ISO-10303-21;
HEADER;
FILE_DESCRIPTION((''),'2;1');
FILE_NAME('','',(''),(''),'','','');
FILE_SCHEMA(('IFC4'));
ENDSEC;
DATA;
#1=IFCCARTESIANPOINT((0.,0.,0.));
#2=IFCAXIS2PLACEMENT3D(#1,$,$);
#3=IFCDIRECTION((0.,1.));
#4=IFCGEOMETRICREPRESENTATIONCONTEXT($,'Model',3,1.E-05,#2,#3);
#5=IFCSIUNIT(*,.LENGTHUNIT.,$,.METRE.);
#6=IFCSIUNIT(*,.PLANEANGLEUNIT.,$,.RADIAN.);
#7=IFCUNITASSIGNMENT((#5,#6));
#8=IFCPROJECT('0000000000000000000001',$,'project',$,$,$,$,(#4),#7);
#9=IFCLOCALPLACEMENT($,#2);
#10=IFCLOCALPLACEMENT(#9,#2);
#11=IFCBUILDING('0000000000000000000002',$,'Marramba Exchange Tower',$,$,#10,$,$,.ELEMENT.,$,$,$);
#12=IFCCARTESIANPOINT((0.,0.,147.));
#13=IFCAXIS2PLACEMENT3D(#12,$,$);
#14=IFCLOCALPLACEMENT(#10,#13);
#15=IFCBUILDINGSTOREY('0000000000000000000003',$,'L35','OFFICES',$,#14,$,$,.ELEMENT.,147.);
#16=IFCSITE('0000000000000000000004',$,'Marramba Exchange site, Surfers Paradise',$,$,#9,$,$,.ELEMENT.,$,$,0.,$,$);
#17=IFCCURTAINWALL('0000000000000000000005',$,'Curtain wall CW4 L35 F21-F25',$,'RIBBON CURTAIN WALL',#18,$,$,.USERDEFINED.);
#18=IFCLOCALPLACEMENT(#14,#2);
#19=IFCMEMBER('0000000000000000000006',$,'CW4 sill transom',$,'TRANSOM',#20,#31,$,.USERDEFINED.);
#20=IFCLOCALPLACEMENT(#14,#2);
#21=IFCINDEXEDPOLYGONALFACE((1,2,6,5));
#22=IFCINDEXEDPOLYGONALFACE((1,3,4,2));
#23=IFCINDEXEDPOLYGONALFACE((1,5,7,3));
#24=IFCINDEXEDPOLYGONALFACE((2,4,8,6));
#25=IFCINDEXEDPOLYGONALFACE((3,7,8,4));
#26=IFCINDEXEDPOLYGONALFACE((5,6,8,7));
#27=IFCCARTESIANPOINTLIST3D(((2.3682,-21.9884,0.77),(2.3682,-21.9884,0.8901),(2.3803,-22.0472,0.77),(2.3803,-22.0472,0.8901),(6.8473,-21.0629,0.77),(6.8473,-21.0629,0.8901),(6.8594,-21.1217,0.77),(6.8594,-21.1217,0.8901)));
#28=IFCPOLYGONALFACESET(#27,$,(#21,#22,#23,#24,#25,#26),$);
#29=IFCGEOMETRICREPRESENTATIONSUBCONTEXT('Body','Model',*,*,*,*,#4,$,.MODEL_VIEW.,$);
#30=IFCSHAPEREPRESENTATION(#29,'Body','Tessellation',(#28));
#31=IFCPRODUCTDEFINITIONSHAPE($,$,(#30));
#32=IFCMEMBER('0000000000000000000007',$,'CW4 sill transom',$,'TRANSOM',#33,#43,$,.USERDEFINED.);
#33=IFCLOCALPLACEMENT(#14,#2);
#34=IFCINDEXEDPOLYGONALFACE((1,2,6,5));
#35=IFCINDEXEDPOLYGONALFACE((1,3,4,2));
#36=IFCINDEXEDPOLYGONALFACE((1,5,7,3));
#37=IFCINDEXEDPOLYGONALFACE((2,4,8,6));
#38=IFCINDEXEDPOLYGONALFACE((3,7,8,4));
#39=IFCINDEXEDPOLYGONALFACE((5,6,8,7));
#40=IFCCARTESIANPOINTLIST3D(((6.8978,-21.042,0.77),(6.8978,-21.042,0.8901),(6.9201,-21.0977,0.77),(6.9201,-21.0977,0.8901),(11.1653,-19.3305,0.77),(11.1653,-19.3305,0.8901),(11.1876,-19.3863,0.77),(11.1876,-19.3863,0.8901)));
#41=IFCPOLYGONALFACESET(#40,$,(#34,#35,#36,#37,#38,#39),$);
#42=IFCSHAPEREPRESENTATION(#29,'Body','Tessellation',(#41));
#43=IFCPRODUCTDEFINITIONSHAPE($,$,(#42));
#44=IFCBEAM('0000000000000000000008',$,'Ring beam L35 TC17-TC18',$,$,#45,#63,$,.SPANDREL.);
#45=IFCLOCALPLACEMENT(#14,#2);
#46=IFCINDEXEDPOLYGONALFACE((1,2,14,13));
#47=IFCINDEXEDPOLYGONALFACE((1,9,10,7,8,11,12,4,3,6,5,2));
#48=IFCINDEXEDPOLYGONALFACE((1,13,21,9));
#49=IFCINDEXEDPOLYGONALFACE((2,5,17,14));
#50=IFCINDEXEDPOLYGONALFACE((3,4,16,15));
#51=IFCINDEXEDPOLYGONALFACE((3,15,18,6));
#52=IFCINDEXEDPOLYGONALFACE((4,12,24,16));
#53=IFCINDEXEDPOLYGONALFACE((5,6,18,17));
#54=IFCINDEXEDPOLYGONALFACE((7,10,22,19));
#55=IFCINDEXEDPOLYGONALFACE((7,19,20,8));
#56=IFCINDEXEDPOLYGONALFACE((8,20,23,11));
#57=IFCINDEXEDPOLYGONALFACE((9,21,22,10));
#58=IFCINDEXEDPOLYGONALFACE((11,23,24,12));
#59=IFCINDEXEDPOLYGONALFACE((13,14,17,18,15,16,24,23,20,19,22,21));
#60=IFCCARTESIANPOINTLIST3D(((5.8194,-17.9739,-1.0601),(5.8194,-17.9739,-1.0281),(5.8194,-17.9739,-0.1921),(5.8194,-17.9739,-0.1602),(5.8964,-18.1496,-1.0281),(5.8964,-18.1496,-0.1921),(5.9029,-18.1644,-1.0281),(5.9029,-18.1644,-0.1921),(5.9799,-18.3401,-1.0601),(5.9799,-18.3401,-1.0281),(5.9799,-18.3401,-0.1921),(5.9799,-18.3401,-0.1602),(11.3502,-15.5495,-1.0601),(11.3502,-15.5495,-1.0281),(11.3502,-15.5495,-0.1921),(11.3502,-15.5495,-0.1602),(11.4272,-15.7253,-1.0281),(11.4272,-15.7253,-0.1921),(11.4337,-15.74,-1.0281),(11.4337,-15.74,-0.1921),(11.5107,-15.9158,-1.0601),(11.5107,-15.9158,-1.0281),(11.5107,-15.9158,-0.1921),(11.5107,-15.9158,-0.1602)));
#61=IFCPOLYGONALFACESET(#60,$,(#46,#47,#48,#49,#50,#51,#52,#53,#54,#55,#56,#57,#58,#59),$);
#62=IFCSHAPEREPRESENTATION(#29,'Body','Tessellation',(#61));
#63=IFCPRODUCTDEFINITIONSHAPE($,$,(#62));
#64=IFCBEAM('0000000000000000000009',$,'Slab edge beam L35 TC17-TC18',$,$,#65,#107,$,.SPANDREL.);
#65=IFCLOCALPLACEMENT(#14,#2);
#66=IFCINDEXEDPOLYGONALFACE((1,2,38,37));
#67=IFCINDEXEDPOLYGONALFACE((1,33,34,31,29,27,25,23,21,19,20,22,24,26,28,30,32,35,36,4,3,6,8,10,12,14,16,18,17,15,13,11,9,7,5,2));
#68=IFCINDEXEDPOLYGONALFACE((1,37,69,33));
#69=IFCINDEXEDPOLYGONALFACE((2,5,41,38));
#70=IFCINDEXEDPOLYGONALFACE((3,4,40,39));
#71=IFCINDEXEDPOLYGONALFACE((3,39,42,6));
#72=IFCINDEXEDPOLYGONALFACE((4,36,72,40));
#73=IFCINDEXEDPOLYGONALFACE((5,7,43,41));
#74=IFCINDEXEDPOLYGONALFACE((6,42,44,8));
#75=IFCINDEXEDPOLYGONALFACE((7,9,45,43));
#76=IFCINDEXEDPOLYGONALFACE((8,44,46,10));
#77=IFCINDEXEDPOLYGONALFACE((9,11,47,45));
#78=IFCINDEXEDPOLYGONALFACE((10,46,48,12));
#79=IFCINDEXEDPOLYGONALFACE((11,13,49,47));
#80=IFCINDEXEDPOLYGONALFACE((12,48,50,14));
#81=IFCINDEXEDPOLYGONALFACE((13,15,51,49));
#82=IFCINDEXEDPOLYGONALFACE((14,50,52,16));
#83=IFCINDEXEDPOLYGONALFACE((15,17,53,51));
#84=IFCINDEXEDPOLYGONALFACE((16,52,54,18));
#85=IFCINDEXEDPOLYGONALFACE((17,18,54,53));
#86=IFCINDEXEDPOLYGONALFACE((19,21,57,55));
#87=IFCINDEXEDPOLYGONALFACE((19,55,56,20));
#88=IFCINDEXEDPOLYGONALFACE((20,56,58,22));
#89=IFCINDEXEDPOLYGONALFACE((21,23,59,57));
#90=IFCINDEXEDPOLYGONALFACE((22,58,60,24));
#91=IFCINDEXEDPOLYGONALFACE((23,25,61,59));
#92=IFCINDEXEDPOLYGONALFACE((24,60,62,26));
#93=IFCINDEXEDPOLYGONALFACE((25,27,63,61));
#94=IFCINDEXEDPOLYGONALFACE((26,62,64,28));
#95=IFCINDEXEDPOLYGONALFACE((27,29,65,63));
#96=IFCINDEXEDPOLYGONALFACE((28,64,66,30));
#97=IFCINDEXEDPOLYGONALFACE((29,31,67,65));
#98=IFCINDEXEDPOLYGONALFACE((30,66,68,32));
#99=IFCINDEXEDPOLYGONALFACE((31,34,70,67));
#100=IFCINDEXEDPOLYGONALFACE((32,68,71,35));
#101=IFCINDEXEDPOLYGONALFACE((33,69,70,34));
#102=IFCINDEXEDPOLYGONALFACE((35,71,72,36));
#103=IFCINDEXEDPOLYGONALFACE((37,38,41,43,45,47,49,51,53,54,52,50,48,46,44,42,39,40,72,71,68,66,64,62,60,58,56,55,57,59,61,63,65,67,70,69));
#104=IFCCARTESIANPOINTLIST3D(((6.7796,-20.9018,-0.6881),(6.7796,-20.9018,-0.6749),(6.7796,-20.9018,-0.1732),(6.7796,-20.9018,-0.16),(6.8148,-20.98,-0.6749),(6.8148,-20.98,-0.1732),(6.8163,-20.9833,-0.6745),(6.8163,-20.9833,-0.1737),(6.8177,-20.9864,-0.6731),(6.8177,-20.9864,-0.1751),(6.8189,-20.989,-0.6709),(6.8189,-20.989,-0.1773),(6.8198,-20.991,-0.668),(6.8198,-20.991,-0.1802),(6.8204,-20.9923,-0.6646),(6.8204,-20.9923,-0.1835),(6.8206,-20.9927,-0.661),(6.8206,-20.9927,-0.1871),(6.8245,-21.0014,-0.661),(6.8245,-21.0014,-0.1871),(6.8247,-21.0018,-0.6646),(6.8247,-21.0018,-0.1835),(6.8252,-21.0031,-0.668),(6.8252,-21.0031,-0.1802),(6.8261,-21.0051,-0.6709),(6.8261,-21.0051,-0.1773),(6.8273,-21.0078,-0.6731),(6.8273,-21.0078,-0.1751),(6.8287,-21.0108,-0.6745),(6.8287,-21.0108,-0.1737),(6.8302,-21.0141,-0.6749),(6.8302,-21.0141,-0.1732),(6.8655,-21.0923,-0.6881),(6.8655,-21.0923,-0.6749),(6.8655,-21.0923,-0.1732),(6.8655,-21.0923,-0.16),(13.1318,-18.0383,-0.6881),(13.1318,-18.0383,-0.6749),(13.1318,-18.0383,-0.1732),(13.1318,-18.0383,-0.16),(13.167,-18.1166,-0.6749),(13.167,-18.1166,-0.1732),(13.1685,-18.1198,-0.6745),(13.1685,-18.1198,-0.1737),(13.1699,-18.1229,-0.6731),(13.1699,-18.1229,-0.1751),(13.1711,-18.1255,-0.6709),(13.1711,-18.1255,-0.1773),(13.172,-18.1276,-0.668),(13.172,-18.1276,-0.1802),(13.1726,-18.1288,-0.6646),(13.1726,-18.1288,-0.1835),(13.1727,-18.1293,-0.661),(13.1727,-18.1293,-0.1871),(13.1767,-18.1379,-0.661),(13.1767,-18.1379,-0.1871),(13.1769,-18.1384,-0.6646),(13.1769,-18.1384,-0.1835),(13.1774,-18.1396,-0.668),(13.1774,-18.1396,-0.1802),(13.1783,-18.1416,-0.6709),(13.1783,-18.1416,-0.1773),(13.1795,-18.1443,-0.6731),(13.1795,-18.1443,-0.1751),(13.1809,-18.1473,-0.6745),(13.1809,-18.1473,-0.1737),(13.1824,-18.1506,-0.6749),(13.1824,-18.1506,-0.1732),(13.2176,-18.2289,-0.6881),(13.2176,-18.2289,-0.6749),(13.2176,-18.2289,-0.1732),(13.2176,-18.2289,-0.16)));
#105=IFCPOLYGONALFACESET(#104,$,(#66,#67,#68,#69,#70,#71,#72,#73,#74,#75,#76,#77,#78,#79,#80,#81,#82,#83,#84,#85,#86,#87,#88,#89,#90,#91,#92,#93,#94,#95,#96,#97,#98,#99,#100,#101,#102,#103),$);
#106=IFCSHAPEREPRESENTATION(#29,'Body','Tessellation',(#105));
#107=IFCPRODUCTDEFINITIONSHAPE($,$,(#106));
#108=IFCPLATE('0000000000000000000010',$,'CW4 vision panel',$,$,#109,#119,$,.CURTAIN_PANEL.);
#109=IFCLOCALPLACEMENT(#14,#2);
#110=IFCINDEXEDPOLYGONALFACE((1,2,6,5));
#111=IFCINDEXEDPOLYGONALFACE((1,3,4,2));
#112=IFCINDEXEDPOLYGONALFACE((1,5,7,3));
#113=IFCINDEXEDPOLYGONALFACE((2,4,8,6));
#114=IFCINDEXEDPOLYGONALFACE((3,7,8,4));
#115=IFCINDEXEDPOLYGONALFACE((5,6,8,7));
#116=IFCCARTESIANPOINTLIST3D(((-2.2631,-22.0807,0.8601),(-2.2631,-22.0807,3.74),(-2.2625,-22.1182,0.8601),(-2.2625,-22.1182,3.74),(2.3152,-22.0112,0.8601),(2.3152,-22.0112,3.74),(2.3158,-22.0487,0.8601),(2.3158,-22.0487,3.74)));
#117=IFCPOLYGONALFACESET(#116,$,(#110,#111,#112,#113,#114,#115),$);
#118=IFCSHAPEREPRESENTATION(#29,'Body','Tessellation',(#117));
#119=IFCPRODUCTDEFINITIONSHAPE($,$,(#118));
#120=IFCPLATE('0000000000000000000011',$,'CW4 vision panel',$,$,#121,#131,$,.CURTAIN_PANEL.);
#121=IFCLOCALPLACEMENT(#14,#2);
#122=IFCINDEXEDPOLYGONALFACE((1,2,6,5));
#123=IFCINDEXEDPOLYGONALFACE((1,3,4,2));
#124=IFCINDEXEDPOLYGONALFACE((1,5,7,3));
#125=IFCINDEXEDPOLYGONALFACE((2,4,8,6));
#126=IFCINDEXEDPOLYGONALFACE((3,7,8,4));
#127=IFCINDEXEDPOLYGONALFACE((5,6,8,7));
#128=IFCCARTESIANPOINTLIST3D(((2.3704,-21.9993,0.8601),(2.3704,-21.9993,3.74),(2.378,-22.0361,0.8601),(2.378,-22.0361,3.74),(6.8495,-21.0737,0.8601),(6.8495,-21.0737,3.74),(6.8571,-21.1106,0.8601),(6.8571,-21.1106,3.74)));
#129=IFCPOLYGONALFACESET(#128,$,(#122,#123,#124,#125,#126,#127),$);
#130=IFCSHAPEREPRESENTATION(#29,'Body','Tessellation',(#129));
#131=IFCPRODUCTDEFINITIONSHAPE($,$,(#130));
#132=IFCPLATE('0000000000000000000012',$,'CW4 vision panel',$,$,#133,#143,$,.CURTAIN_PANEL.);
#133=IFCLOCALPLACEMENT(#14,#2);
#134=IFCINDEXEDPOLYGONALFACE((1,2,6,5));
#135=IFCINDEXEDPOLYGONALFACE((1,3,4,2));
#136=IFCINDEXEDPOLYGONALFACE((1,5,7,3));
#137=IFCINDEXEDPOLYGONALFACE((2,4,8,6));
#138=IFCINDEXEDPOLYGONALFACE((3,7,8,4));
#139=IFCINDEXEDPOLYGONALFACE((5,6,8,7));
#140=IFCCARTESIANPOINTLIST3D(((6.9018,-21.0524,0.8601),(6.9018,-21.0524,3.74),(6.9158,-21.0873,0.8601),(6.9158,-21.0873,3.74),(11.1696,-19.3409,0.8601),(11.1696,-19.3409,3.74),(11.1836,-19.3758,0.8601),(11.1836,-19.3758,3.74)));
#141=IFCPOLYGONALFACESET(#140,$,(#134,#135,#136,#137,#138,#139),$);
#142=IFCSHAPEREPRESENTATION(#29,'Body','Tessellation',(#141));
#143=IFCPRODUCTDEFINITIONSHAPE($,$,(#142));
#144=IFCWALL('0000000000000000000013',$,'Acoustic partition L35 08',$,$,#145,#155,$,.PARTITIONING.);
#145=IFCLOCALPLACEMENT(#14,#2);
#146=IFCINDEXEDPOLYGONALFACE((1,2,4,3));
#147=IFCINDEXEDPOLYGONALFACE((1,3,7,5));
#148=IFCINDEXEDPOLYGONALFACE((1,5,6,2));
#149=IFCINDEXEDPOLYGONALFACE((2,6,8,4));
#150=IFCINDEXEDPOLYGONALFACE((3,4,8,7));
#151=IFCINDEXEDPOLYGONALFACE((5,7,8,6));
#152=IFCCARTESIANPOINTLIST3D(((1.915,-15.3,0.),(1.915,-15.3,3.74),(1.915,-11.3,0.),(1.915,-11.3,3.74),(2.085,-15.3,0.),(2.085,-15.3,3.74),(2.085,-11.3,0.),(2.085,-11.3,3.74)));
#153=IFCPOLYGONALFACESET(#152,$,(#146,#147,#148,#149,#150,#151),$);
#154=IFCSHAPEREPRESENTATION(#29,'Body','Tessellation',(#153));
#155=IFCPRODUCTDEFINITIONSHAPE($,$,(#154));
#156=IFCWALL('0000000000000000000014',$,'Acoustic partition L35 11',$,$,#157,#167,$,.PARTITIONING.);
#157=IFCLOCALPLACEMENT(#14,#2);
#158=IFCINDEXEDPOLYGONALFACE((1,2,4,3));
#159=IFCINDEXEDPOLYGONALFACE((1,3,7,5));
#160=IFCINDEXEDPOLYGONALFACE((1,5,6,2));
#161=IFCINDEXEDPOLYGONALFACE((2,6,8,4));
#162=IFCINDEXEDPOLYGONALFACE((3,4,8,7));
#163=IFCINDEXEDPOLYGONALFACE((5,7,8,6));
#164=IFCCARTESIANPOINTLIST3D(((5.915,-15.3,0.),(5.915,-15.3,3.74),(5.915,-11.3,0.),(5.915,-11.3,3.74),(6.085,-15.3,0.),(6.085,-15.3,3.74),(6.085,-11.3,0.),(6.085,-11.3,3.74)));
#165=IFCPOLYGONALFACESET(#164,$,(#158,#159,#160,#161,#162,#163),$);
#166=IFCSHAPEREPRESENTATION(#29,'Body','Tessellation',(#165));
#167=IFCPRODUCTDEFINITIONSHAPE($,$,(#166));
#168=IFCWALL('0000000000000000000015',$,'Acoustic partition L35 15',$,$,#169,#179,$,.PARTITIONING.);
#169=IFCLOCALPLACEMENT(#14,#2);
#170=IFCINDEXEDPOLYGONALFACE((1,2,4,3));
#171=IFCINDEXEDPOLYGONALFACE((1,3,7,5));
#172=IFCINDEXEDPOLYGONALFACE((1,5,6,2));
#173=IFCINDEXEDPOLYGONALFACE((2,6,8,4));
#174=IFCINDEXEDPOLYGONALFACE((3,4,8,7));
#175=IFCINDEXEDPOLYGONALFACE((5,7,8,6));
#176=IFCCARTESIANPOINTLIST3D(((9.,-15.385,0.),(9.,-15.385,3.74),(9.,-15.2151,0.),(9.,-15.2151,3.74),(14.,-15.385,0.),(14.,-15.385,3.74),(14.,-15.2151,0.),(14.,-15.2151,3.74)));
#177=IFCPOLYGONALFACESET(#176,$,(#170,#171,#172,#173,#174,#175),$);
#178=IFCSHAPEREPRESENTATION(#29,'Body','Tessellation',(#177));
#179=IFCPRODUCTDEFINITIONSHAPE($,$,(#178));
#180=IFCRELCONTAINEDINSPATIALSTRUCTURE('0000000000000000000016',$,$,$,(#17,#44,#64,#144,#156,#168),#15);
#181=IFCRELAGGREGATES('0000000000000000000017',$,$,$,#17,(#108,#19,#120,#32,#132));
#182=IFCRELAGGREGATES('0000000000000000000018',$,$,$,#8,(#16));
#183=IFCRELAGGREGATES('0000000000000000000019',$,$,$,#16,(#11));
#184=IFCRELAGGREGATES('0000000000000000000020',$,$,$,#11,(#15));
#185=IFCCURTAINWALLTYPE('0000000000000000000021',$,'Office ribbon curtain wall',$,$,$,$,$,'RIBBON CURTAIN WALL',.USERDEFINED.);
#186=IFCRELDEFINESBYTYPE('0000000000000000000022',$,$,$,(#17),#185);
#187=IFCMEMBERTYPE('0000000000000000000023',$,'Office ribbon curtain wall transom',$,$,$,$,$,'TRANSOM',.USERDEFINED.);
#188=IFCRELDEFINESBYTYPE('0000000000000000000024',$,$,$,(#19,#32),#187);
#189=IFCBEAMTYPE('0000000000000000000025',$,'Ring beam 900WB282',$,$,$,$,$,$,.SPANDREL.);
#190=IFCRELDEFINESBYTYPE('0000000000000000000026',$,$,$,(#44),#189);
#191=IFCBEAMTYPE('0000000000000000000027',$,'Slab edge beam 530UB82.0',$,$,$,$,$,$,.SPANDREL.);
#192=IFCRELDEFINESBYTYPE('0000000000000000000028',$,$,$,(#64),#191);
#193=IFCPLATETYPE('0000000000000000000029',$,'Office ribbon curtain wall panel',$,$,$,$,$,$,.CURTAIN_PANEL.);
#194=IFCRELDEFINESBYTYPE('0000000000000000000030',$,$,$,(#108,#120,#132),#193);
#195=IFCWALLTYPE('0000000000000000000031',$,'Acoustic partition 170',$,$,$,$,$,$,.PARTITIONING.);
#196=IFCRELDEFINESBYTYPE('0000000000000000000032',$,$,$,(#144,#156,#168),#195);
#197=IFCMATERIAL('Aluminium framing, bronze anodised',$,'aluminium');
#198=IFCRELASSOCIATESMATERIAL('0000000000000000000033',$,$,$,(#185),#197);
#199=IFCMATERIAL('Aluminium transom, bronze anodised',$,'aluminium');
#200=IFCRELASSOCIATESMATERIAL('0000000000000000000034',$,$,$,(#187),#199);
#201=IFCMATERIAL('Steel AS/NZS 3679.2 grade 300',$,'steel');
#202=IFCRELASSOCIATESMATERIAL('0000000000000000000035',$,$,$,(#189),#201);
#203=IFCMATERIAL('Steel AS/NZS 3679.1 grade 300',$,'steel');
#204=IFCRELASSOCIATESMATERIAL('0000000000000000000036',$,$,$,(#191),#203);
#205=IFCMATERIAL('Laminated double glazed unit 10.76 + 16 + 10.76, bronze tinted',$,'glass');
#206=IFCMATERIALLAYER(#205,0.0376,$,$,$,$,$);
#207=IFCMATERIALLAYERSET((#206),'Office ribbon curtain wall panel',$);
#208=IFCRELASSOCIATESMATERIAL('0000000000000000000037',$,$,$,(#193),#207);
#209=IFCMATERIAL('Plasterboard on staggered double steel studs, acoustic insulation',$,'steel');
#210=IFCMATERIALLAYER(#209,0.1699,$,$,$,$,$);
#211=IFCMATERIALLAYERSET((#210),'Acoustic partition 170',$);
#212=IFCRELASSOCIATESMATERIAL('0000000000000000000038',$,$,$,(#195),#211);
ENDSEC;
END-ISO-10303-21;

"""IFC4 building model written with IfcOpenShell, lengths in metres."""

from ifc_helpers import new_model, si_unit, direction, frame, frame_2d, origin, origin_2d, place, context, subcontext, project, spatial, rectangle, i_section, extrude, material, layer, layer_set, material_profile, profile_set, type_object, element, aggregate, save


model = new_model("IFC4")

# Units and contexts
model_context = context("Model", 3, precision=1e-05, world=origin(), true_north=direction((0.0, 1.0)))
body_context = subcontext(model_context, "Body", "Model", "MODEL_VIEW")
ifc_project = project(units=[si_unit("LENGTHUNIT", "METRE"), si_unit("PLANEANGLEUNIT", "RADIAN")], contexts=[model_context])

# Site, building, storey
site_placement = place(None, origin())
site = spatial("IfcSite", under=ifc_project, at=site_placement, Name="Marramba Exchange site, Surfers Paradise", CompositionType="ELEMENT", RefElevation=0.0)
building_placement = place(site_placement, origin())
building = spatial("IfcBuilding", under=site, at=building_placement, Name="Marramba Exchange Tower", CompositionType="ELEMENT")
storey_placement = place(building_placement, frame((0.0, 0.0, 147.0)))
storey = spatial("IfcBuildingStorey", under=building, at=storey_placement, Name="L35", Description="OFFICES", CompositionType="ELEMENT", Elevation=147.0)

# Shared definitions
ifc_material_1 = material(Name="Steel AS/NZS 3679.2 grade 300", Category="steel")
ifc_material_2 = material(Name="Steel AS/NZS 3679.1 grade 300", Category="steel")

# Curtain wall
ifc_material_3 = material(Name="Aluminium framing, bronze anodised", Category="aluminium")
curtain_wall_type = type_object("IfcCurtainWallType", Name="Office ribbon curtain wall", ElementType="RIBBON CURTAIN WALL", PredefinedType="USERDEFINED", material=ifc_material_3)
curtain_wall_1_placement = place(storey_placement, origin())
curtain_wall_1 = element("IfcCurtainWall", 1, at=curtain_wall_1_placement, inside=storey, type_object=curtain_wall_type, Name="Curtain wall CW4 L35 F21-F25", ObjectType="RIBBON CURTAIN WALL", PredefinedType="USERDEFINED")

# Members
ifc_material_4 = material(Name="Aluminium transom, bronze anodised", Category="aluminium")
ifc_material_profile_1 = material_profile(ifc_material_4, rectangle(XDim=0.0601, YDim=0.1201, at=origin_2d()), Name="CW4 transom 60x120")
ifc_profile_set_1 = profile_set([ifc_material_profile_1], Name="Aluminium transom, bronze anodised")
member_type_1 = type_object("IfcMemberType", Name="Office ribbon curtain wall transom", ElementType="TRANSOM", PredefinedType="USERDEFINED", material=ifc_profile_set_1)
member_1_placement = place(storey_placement, frame((2.3743, -22.0178, 0.8301), z_axis=(0.97931, 0.202364, 0.0), x_axis=(-0.202364, 0.97931, 0.0)))
member_1 = element("IfcMember", 2, at=member_1_placement, type_object=member_type_1, Name="CW4 sill transom", ObjectType="TRANSOM", PredefinedType="USERDEFINED", context=body_context, shape_type="SweptSolid", body=[
    extrude(rectangle(XDim=0.0601, YDim=0.1201, at=origin_2d()), origin(), (0.0, 0.0, 1.0), 4.5737),
])
member_2_placement = place(storey_placement, frame((6.9089, -21.0698, 0.8301), z_axis=(0.928147, 0.372214, 0.0), x_axis=(-0.372214, 0.928147, 0.0)))
member_2 = element("IfcMember", 3, at=member_2_placement, type_object=member_type_1, Name="CW4 sill transom", ObjectType="TRANSOM", PredefinedType="USERDEFINED", context=body_context, shape_type="SweptSolid", body=[
    extrude(rectangle(XDim=0.0601, YDim=0.1201, at=origin_2d()), origin(), (0.0, 0.0, 1.0), 4.5979),
])

# Beams
ifc_material_profile_2 = material_profile(ifc_material_1, i_section(OverallWidth=0.3999, OverallDepth=0.8999, WebThickness=0.0161, FlangeThickness=0.032, at=origin_2d()), Name="900WB282")
ifc_profile_set_2 = profile_set([ifc_material_profile_2], Name="Steel AS/NZS 3679.2 grade 300")
beam_type_1 = type_object("IfcBeamType", Name="Ring beam 900WB282", PredefinedType="SPANDREL", material=ifc_profile_set_2)
beam_1_placement = place(storey_placement, frame((5.8997, -18.157, -0.6101), z_axis=(0.915877, 0.401459, 0.0), x_axis=(-0.401459, 0.915877, 0.0)))
element("IfcBeam", 4, at=beam_1_placement, inside=storey, type_object=beam_type_1, Name="Ring beam L35 TC17-TC18", PredefinedType="SPANDREL", context=body_context, shape_type="SweptSolid", body=[
    extrude(i_section(OverallWidth=0.3999, OverallDepth=0.8999, WebThickness=0.0161, FlangeThickness=0.032, at=origin_2d()), origin(), (0.0, 0.0, 1.0), 6.0388),
])
ifc_material_profile_3 = material_profile(ifc_material_2, i_section(OverallWidth=0.209, OverallDepth=0.5281, WebThickness=0.0095, FlangeThickness=0.0132, FilletRadius=0.0139, at=origin_2d()), Name="530UB82.0")
ifc_profile_set_3 = profile_set([ifc_material_profile_3], Name="Steel AS/NZS 3679.1 grade 300")
beam_type_2 = type_object("IfcBeamType", Name="Slab edge beam 530UB82.0", PredefinedType="SPANDREL", material=ifc_profile_set_3)
beam_2_placement = place(storey_placement, frame((6.8225, -20.9971, -0.4241), z_axis=(0.911653, 0.41096, 0.0), x_axis=(-0.41096, 0.911653, 0.0)))
element("IfcBeam", 5, at=beam_2_placement, inside=storey, type_object=beam_type_2, Name="Slab edge beam L35 TC17-TC18", PredefinedType="SPANDREL", context=body_context, shape_type="SweptSolid", body=[
    extrude(i_section(OverallWidth=0.209, OverallDepth=0.5281, WebThickness=0.0095, FlangeThickness=0.0132, FilletRadius=0.0139, at=origin_2d()), origin(), (0.0, 0.0, 1.0), 6.9678),
])

# Plates
ifc_material_5 = material(Name="Laminated double glazed unit 10.76 + 16 + 10.76, bronze tinted", Category="glass")
ifc_layer_1 = layer(ifc_material_5, 0.0376)
ifc_layer_set_1 = layer_set([ifc_layer_1], Name="Office ribbon curtain wall panel")
plate_type = type_object("IfcPlateType", Name="Office ribbon curtain wall panel", PredefinedType="CURTAIN_PANEL", material=ifc_layer_set_1)
plate_1_placement = place(storey_placement, frame((0.0264, -22.0647, 0.8601), z_axis=(0.0, 0.0, 1.0), x_axis=(0.999885, 0.015179, 0.0)))
plate_1 = element("IfcPlate", 6, at=plate_1_placement, type_object=plate_type, Name="CW4 vision panel", PredefinedType="CURTAIN_PANEL", context=body_context, shape_type="SweptSolid", body=[
    extrude(rectangle(XDim=4.5789, YDim=0.0376, at=origin_2d()), origin(), (0.0, 0.0, 1.0), 2.8799),
])
plate_2_placement = place(storey_placement, frame((4.6138, -21.5549, 0.8601), z_axis=(0.0, 0.0, 1.0), x_axis=(0.97931, 0.202365, 0.0)))
plate_2 = element("IfcPlate", 7, at=plate_2_placement, type_object=plate_type, Name="CW4 vision panel", PredefinedType="CURTAIN_PANEL", context=body_context, shape_type="SweptSolid", body=[
    extrude(rectangle(XDim=4.5737, YDim=0.0376, at=origin_2d()), origin(), (0.0, 0.0, 1.0), 2.8799),
])
plate_3_placement = place(storey_placement, frame((9.0427, -20.2141, 0.8601), z_axis=(0.0, 0.0, 1.0), x_axis=(0.928149, 0.372209, 0.0)))
plate_3 = element("IfcPlate", 8, at=plate_3_placement, type_object=plate_type, Name="CW4 vision panel", PredefinedType="CURTAIN_PANEL", context=body_context, shape_type="SweptSolid", body=[
    extrude(rectangle(XDim=4.5981, YDim=0.0376, at=origin_2d()), origin(), (0.0, 0.0, 1.0), 2.8799),
])
aggregate(curtain_wall_1, [plate_1, member_1, plate_2, member_2, plate_3])

# Wall
ifc_material_6 = material(Name="Plasterboard on staggered double steel studs, acoustic insulation", Category="steel")
ifc_layer_2 = layer(ifc_material_6, 0.1699)
ifc_layer_set_2 = layer_set([ifc_layer_2], Name="Acoustic partition 170")
wall_type_1 = type_object("IfcWallType", Name="Acoustic partition 170", PredefinedType="PARTITIONING", material=ifc_layer_set_2)
wall_1_placement = place(storey_placement, frame((2.0, -11.3, 0.0), z_axis=(0.0, 0.0, 1.0), x_axis=(0.0, -1.0, 0.0)))
element("IfcWall", 9, at=wall_1_placement, inside=storey, type_object=wall_type_1, Name="Acoustic partition L35 08", PredefinedType="PARTITIONING", context=body_context, shape_type="SweptSolid", body=[
    extrude(rectangle(XDim=4.0, YDim=0.1699, at=frame_2d((2.0, 0.0))), origin(), (0.0, 0.0, 1.0), 3.74),
])

# Walls
wall_2_placement = place(storey_placement, frame((6.0, -15.3, 0.0), z_axis=(0.0, 0.0, 1.0), x_axis=(0.0, 1.0, 0.0)))
element("IfcWall", 10, at=wall_2_placement, inside=storey, type_object=wall_type_1, Name="Acoustic partition L35 11", PredefinedType="PARTITIONING", context=body_context, shape_type="SweptSolid", body=[
    extrude(rectangle(XDim=4.0, YDim=0.1699, at=frame_2d((2.0, 0.0))), origin(), (0.0, 0.0, 1.0), 3.74),
])
wall_3_placement = place(storey_placement, frame((9.0, -15.3, 0.0), z_axis=(0.0, 0.0, 1.0), x_axis=(1.0, 0.0, 0.0)))
element("IfcWall", 11, at=wall_3_placement, inside=storey, type_object=wall_type_1, Name="Acoustic partition L35 15", PredefinedType="PARTITIONING", context=body_context, shape_type="SweptSolid", body=[
    extrude(rectangle(XDim=5.0, YDim=0.1699, at=frame_2d((2.5, 0.0))), origin(), (0.0, 0.0, 1.0), 3.74),
])

save(model, "model.ifc")
